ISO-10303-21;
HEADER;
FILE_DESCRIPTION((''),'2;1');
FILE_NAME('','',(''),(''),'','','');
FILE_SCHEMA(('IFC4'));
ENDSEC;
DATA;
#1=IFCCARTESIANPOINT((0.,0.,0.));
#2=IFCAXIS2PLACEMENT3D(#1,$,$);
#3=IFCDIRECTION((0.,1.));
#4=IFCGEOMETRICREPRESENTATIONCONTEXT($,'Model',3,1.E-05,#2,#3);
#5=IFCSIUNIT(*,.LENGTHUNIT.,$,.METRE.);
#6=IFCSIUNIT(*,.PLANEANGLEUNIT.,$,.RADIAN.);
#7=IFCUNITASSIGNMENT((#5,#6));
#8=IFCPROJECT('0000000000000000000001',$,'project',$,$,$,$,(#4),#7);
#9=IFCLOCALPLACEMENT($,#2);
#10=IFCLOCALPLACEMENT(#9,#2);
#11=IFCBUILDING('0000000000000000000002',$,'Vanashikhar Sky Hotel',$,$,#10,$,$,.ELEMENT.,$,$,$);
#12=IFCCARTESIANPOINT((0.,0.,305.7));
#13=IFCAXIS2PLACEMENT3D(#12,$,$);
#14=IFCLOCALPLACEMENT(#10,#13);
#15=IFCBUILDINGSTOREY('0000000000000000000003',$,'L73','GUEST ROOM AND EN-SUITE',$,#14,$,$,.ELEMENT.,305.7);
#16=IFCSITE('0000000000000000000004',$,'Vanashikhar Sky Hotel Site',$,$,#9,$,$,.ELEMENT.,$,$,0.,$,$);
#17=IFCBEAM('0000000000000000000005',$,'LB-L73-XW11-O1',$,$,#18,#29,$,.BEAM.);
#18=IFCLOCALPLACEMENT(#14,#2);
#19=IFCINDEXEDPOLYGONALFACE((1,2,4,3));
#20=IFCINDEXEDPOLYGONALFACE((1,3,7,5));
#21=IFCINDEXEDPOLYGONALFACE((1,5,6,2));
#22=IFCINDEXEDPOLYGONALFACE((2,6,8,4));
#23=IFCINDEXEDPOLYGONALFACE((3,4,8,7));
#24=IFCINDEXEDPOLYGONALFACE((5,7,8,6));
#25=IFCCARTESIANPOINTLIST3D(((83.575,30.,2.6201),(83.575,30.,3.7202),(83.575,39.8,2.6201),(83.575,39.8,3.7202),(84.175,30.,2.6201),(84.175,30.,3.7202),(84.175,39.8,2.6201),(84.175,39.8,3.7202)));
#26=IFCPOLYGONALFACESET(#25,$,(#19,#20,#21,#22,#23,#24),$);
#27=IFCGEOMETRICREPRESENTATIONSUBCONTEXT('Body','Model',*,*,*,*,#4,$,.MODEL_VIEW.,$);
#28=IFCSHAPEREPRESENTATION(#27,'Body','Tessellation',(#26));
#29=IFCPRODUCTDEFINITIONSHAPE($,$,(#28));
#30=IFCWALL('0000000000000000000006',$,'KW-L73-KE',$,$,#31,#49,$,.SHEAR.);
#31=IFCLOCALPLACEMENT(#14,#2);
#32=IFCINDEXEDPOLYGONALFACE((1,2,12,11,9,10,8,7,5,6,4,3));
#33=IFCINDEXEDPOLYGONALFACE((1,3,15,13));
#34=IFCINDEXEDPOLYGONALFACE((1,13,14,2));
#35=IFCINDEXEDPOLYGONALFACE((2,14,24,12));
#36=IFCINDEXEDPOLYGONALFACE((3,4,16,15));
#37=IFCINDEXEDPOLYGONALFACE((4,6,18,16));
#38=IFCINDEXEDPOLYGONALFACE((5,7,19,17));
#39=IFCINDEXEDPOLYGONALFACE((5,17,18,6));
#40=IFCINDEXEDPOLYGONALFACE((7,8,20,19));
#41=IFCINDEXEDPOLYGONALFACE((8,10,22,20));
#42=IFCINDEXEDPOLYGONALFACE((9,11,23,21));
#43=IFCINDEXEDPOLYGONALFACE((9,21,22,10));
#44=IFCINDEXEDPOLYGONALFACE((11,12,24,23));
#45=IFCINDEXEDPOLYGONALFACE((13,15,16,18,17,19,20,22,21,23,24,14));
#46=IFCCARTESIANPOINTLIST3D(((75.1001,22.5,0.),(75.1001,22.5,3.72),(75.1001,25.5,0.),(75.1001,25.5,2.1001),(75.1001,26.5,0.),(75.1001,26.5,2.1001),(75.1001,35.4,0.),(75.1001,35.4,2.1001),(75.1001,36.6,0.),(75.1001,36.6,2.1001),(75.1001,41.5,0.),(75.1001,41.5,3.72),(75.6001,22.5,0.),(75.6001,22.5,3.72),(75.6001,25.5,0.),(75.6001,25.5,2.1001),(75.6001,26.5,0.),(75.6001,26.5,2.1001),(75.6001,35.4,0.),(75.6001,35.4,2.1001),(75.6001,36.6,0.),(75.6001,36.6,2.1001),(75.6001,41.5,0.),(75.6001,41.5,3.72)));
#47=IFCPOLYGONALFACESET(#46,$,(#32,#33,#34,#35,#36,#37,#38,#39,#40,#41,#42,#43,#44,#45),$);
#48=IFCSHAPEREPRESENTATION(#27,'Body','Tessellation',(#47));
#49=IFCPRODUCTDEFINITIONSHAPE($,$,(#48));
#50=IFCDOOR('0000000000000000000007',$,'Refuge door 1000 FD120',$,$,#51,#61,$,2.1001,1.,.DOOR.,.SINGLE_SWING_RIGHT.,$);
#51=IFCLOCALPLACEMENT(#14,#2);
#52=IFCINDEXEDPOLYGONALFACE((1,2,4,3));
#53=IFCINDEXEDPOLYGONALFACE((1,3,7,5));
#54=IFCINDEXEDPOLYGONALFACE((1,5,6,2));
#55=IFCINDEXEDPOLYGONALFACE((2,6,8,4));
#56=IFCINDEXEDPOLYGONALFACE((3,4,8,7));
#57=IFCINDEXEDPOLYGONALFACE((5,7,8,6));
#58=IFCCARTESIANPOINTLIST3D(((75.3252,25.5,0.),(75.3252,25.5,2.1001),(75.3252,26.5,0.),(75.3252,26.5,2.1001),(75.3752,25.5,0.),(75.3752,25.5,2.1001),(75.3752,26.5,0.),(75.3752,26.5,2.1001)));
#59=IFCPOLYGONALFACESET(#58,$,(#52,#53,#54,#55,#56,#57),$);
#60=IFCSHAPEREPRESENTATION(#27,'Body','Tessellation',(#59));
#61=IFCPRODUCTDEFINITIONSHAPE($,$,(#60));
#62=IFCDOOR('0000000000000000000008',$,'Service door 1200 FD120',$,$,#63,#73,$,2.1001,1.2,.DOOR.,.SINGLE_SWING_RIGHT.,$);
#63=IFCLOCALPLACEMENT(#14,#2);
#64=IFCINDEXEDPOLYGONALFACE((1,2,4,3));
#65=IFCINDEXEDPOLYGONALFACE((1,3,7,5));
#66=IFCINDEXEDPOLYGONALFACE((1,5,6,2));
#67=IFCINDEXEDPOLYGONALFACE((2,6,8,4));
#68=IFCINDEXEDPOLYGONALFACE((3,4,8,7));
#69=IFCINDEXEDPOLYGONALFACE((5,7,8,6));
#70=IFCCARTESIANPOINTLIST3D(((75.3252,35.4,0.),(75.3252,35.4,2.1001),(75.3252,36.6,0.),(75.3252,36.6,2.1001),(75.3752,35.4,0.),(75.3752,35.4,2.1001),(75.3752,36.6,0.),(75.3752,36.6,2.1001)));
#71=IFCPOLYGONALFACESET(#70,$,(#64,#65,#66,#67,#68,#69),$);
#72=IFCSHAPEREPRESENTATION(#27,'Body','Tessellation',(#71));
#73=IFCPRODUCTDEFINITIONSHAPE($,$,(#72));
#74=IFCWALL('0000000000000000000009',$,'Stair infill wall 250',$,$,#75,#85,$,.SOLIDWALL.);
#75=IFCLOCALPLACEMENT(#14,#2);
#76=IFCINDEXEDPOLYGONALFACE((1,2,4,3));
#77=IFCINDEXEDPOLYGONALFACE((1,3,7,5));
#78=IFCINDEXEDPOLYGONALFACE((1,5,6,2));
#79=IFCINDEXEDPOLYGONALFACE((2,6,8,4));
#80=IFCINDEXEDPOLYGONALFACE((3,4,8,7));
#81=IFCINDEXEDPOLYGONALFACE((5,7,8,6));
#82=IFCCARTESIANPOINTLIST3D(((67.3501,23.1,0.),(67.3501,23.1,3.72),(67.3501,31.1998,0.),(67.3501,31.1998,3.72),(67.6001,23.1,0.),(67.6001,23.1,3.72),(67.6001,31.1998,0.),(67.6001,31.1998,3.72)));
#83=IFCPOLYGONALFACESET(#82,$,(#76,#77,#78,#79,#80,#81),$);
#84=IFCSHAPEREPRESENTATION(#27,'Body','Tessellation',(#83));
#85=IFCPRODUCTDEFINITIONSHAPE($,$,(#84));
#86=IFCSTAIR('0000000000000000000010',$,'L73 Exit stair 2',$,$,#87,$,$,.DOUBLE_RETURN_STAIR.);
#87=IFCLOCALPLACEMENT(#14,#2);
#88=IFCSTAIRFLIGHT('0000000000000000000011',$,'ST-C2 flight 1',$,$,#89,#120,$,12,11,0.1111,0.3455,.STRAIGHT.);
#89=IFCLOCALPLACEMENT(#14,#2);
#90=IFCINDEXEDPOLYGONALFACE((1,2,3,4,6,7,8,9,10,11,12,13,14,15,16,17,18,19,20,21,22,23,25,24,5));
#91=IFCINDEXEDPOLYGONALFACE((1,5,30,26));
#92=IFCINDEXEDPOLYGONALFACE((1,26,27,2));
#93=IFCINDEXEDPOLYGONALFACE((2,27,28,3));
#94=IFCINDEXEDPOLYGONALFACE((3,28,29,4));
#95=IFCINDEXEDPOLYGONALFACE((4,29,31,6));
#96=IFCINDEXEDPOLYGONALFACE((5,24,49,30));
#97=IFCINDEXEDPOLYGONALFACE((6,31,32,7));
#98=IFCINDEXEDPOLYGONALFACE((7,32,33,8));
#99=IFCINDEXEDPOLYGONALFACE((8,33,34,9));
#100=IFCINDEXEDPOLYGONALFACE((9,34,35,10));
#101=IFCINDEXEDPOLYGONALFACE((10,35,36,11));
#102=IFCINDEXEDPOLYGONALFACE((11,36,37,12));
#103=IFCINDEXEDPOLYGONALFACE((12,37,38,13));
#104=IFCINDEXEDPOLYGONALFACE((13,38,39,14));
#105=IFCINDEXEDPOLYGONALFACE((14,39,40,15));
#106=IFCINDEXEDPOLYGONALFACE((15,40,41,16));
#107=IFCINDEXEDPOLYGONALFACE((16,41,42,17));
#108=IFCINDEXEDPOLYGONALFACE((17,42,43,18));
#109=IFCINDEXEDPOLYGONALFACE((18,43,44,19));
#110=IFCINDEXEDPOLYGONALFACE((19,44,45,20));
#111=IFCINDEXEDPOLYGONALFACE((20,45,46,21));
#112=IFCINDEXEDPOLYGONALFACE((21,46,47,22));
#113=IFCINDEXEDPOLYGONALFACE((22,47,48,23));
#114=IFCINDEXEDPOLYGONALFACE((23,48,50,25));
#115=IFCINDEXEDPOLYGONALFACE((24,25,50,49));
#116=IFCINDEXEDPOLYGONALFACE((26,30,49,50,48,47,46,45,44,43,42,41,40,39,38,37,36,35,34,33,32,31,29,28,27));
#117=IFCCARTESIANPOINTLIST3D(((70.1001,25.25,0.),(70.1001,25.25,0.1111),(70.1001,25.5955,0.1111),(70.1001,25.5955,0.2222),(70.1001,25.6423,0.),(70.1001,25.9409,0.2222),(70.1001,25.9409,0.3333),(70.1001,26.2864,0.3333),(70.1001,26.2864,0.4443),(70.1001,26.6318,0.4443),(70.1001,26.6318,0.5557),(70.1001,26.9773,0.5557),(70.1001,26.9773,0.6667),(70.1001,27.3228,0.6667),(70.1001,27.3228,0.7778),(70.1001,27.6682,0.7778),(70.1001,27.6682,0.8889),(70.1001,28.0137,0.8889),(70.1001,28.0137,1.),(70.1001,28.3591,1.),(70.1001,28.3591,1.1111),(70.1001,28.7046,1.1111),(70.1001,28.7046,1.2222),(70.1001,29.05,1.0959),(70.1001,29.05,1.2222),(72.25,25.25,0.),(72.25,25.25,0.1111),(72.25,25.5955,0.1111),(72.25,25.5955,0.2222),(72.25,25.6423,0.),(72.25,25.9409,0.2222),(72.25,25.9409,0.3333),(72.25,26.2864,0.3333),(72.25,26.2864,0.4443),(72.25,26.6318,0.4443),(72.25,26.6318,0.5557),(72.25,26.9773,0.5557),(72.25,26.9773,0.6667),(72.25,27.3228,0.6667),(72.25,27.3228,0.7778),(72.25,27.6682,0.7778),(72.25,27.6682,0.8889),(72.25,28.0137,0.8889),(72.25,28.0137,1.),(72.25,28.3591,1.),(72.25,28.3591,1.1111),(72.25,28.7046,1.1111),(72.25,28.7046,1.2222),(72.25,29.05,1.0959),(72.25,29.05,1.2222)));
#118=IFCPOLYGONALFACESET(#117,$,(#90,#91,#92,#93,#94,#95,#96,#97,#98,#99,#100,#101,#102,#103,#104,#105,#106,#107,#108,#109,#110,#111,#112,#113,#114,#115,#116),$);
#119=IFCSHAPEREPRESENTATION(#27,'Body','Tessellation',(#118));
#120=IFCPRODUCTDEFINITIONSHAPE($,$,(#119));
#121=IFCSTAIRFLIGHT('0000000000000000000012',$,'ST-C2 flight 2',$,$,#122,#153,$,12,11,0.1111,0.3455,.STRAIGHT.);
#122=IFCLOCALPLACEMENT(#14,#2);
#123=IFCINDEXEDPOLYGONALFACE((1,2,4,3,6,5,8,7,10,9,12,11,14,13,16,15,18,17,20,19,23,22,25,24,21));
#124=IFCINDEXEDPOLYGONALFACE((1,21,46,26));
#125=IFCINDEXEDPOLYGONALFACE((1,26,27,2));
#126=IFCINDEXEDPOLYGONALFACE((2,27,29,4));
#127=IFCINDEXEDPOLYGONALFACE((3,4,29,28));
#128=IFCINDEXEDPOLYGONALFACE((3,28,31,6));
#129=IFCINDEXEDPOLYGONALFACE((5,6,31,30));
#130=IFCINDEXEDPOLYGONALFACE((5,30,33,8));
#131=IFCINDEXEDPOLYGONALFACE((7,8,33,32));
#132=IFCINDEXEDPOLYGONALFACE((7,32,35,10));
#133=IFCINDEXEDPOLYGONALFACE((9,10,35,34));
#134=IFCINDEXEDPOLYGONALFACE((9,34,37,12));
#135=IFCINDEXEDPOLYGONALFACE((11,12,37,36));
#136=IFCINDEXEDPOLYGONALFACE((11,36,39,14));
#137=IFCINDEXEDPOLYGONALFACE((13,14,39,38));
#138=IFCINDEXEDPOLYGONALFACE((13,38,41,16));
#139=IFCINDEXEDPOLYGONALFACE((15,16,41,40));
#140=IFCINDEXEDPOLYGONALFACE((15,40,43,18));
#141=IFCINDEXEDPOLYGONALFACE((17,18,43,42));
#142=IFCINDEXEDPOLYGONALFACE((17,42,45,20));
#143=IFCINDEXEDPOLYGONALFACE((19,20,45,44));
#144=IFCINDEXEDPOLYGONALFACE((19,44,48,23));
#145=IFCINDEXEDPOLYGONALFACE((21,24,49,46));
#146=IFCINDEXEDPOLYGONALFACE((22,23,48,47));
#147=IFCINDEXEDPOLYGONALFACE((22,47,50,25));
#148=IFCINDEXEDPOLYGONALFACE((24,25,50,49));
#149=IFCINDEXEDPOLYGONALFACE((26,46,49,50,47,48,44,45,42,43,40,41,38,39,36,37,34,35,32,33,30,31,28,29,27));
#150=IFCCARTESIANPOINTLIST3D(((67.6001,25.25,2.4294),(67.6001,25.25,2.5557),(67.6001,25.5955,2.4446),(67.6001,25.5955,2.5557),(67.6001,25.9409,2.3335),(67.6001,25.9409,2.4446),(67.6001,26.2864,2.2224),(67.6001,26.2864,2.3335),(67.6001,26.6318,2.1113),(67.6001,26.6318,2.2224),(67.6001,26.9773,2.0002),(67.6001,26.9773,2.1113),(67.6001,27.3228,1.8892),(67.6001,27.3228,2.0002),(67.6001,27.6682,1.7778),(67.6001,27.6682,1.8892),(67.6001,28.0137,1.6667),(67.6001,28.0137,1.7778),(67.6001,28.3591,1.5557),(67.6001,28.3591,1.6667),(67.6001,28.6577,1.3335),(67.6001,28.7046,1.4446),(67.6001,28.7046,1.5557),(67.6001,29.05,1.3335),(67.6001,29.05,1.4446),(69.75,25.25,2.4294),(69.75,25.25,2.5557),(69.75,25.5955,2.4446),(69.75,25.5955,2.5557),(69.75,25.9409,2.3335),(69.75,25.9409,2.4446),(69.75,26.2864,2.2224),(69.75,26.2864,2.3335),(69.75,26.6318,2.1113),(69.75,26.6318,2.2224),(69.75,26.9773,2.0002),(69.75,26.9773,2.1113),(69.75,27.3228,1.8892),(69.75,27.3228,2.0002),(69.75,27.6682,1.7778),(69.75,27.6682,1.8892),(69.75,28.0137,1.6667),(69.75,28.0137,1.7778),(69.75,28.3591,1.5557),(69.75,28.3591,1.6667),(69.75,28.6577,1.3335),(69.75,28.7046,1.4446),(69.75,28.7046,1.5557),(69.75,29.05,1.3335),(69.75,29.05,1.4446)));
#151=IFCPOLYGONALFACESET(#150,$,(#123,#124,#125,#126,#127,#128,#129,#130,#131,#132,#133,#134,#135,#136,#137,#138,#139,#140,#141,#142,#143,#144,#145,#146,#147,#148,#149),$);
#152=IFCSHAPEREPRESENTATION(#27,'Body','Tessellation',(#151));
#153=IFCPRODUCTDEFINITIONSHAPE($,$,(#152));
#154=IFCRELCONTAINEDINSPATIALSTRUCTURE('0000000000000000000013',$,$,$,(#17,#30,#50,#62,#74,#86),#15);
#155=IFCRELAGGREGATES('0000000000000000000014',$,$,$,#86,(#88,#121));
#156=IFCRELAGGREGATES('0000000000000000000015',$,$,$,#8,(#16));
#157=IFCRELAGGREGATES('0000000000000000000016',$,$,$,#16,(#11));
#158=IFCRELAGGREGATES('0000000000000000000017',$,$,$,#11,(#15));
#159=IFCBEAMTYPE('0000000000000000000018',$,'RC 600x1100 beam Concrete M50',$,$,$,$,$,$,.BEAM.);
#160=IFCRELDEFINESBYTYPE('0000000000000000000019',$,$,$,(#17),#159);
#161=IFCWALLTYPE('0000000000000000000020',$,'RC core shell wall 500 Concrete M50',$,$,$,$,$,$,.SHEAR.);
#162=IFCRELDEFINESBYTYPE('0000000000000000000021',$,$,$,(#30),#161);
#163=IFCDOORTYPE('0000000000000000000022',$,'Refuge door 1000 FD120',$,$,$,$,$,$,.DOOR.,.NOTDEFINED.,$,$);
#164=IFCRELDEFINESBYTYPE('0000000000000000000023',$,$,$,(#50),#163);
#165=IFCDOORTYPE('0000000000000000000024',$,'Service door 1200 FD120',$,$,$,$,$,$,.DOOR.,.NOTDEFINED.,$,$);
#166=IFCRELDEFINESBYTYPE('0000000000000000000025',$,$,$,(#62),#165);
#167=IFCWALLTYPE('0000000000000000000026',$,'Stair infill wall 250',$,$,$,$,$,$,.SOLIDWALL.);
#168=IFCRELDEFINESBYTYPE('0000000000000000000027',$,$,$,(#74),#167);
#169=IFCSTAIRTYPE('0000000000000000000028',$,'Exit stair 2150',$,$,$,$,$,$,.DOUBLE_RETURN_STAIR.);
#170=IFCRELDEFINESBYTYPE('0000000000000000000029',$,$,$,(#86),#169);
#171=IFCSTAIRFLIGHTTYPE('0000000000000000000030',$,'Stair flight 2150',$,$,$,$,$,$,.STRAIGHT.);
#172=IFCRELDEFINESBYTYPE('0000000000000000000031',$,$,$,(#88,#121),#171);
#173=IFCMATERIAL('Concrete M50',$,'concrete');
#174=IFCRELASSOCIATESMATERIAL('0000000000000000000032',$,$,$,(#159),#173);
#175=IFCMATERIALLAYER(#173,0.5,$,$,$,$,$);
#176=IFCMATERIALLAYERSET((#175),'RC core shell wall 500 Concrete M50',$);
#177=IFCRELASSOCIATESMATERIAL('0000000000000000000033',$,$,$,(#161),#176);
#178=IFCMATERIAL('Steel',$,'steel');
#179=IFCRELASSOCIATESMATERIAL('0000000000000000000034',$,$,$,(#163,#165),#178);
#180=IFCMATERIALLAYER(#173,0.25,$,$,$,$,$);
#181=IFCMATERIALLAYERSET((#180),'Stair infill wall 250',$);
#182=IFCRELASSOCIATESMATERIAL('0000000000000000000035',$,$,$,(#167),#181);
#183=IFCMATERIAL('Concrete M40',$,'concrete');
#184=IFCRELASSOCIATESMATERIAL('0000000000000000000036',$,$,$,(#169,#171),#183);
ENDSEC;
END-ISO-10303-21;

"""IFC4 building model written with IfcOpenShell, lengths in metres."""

from ifc_helpers import new_model, si_unit, direction, frame, frame_2d, origin, origin_2d, place, context, subcontext, project, spatial, polyline, rectangle, outline, extrude, source, transform, mapped, material, layer, layer_set, material_profile, profile_set, type_object, element, fill, aggregate, save


model = new_model("IFC4")

# Units and contexts
model_context = context("Model", 3, precision=1e-05, world=origin(), true_north=direction((0.0, 1.0)))
body_context = subcontext(model_context, "Body", "Model", "MODEL_VIEW")
ifc_project = project(units=[si_unit("LENGTHUNIT", "METRE"), si_unit("PLANEANGLEUNIT", "RADIAN")], contexts=[model_context])

# Site, building, storey
site_placement = place(None, origin())
site = spatial("IfcSite", under=ifc_project, at=site_placement, Name="Vanashikhar Sky Hotel Site", CompositionType="ELEMENT", RefElevation=0.0)
building_placement = place(site_placement, origin())
building = spatial("IfcBuilding", under=site, at=building_placement, Name="Vanashikhar Sky Hotel", CompositionType="ELEMENT")
storey_placement = place(building_placement, frame((0.0, 0.0, 305.7)))
storey = spatial("IfcBuildingStorey", under=building, at=storey_placement, Name="L73", Description="GUEST ROOM AND EN-SUITE", CompositionType="ELEMENT", Elevation=305.7)

# Beam
ifc_material_1 = material(Name="Concrete M50", Category="concrete")
ifc_material_profile = material_profile(ifc_material_1, rectangle(XDim=0.6001, YDim=1.1001, at=origin_2d()))
ifc_profile_set = profile_set([ifc_material_profile], Name="RC 600x1100 beam Concrete M50")
beam_type = type_object("IfcBeamType", Name="RC 600x1100 beam Concrete M50", PredefinedType="BEAM", material=ifc_profile_set)
shared_shape_1 = source(origin(), body_context, "Body", "SweptSolid", [
    extrude(rectangle(XDim=0.6001, YDim=1.1001, at=origin_2d()), origin(), (0.0, 0.0, 1.0), 9.8),
])
beam_placement = place(storey_placement, frame((83.875, 30.0, 3.1702), z_axis=(0.0, 1.0, 0.0), x_axis=(-1.0, 0.0, 0.0)))
element("IfcBeam", 1, at=beam_placement, inside=storey, type_object=beam_type, Name="LB-L73-XW11-O1", PredefinedType="BEAM", context=body_context, shape_type="MappedRepresentation", body=[
    mapped(shared_shape_1, transform((0.0, 0.0, 0.0), scale=1.0)),
])

# Wall, openings, doors
ifc_layer_1 = layer(ifc_material_1, 0.5)
ifc_layer_set_1 = layer_set([ifc_layer_1], Name="RC core shell wall 500 Concrete M50")
wall_type_1 = type_object("IfcWallType", Name="RC core shell wall 500 Concrete M50", PredefinedType="SHEAR", material=ifc_layer_set_1)
shared_shape_2 = source(origin(), body_context, "Body", "SweptSolid", [
    extrude(rectangle(XDim=19.0, YDim=0.5, at=frame_2d((9.5, 0.0))), origin(), (0.0, 0.0, 1.0), 3.72),
])
wall_1_placement = place(storey_placement, frame((75.3501, 22.5, 0.0), z_axis=(0.0, 0.0, 1.0), x_axis=(0.0, 1.0, 0.0)))
wall_1 = element("IfcWall", 2, at=wall_1_placement, inside=storey, type_object=wall_type_1, Name="KW-L73-KE", PredefinedType="SHEAR", context=body_context, shape_type="MappedRepresentation", body=[
    mapped(shared_shape_2, transform((0.0, 0.0, 0.0), scale=1.0)),
])
shared_shape_3 = source(origin(), body_context, "Body", "SweptSolid", [
    extrude(rectangle(XDim=1.0, YDim=2.1001, at=frame_2d((0.5, 1.05))), frame((0.0, 0.26, 0.0), z_axis=(0.0, -1.0, 0.0), x_axis=(1.0, 0.0, 0.0)), (0.0, 0.0, 1.0), 0.52),
])
opening_1_placement = place(wall_1_placement, frame((3.0, 0.0, 0.0)))
opening_1 = element("IfcOpeningElement", 3, at=opening_1_placement, cuts=wall_1, PredefinedType="OPENING", context=body_context, shape_type="MappedRepresentation", body=[
    mapped(shared_shape_3, transform((0.0, 0.0, 0.0), scale=1.0)),
])
shared_shape_4 = source(origin(), body_context, "Body", "SweptSolid", [
    extrude(rectangle(XDim=1.2, YDim=2.1001, at=frame_2d((0.6001, 1.05))), frame((0.0, 0.26, 0.0), z_axis=(0.0, -1.0, 0.0), x_axis=(1.0, 0.0, 0.0)), (0.0, 0.0, 1.0), 0.52),
])
opening_2_placement = place(wall_1_placement, frame((12.8999, 0.0, 0.0)))
opening_2 = element("IfcOpeningElement", 4, at=opening_2_placement, cuts=wall_1, PredefinedType="OPENING", context=body_context, shape_type="MappedRepresentation", body=[
    mapped(shared_shape_4, transform((0.0, 0.0, 0.0), scale=1.0)),
])
ifc_material_2 = material(Name="Steel", Category="steel")
door_type_1 = type_object("IfcDoorType", Name="Refuge door 1000 FD120", OperationType="NOTDEFINED", PredefinedType="DOOR", material=ifc_material_2)
shared_shape_5 = source(origin(), body_context, "Body", "SweptSolid", [
    extrude(rectangle(XDim=1.0, YDim=2.1001, at=frame_2d((0.5, 1.05))), frame((0.0, 0.0249, 0.0), z_axis=(0.0, -1.0, 0.0), x_axis=(1.0, 0.0, 0.0)), (0.0, 0.0, 1.0), 0.05),
])
door_1_placement = place(opening_1_placement, origin())
door_1 = element("IfcDoor", 5, at=door_1_placement, inside=storey, type_object=door_type_1, Name="Refuge door 1000 FD120", OperationType="SINGLE_SWING_RIGHT", OverallHeight=2.1001, OverallWidth=1.0, PredefinedType="DOOR", context=body_context, shape_type="MappedRepresentation", body=[
    mapped(shared_shape_5, transform((0.0, 0.0, 0.0), scale=1.0)),
])
fill(opening_1, door_1)
door_type_2 = type_object("IfcDoorType", Name="Service door 1200 FD120", OperationType="NOTDEFINED", PredefinedType="DOOR", material=ifc_material_2)
shared_shape_6 = source(origin(), body_context, "Body", "SweptSolid", [
    extrude(rectangle(XDim=1.2, YDim=2.1001, at=frame_2d((0.6001, 1.05))), frame((0.0, 0.0249, 0.0), z_axis=(0.0, -1.0, 0.0), x_axis=(1.0, 0.0, 0.0)), (0.0, 0.0, 1.0), 0.05),
])
door_2_placement = place(opening_2_placement, origin())
door_2 = element("IfcDoor", 6, at=door_2_placement, inside=storey, type_object=door_type_2, Name="Service door 1200 FD120", OperationType="SINGLE_SWING_RIGHT", OverallHeight=2.1001, OverallWidth=1.2, PredefinedType="DOOR", context=body_context, shape_type="MappedRepresentation", body=[
    mapped(shared_shape_6, transform((0.0, 0.0, 0.0), scale=1.0)),
])
fill(opening_2, door_2)

# Wall
ifc_layer_2 = layer(ifc_material_1, 0.25)
ifc_layer_set_2 = layer_set([ifc_layer_2], Name="Stair infill wall 250")
wall_type_2 = type_object("IfcWallType", Name="Stair infill wall 250", PredefinedType="SOLIDWALL", material=ifc_layer_set_2)
shared_shape_7 = source(origin(), body_context, "Body", "SweptSolid", [
    extrude(rectangle(XDim=8.0999, YDim=0.25, at=frame_2d((4.0498, 0.0))), origin(), (0.0, 0.0, 1.0), 3.72),
])
wall_2_placement = place(storey_placement, frame((67.4751, 23.1001, 0.0), z_axis=(0.0, 0.0, 1.0), x_axis=(0.0, 1.0, 0.0)))
element("IfcWall", 7, at=wall_2_placement, inside=storey, type_object=wall_type_2, Name="Stair infill wall 250", PredefinedType="SOLIDWALL", context=body_context, shape_type="MappedRepresentation", body=[
    mapped(shared_shape_7, transform((0.0, 0.0, 0.0), scale=1.0)),
])

# Stair, stair flights
ifc_material_3 = material(Name="Concrete M40", Category="concrete")
stair_type = type_object("IfcStairType", Name="Exit stair 2150", PredefinedType="DOUBLE_RETURN_STAIR", material=ifc_material_3)
stair_1_placement = place(storey_placement, origin())
stair_1 = element("IfcStair", 8, at=stair_1_placement, inside=storey, type_object=stair_type, Name="L73 Exit stair 2", PredefinedType="DOUBLE_RETURN_STAIR")
stair_flight_type = type_object("IfcStairFlightType", Name="Stair flight 2150", PredefinedType="STRAIGHT", material=ifc_material_3)
shared_shape_8 = source(origin(), body_context, "Body", "SweptSolid", [
    extrude(outline(polyline([(0.0, 0.0), (0.0, 0.1111), (0.3455, 0.1111), (0.3455, 0.2222), (0.6909, 0.2222), (0.6909, 0.3333), (1.0364, 0.3333), (1.0364, 0.4443), (1.3818, 0.4443), (1.3818, 0.5557), (1.7273, 0.5557), (1.7273, 0.6667), (2.0728, 0.6667), (2.0728, 0.7778), (2.4182, 0.7778), (2.4182, 0.8889), (2.7637, 0.8889), (2.7637, 1.0), (3.1091, 1.0), (3.1091, 1.1111), (3.4546, 1.1111), (3.4546, 1.2222), (3.8, 1.2222), (3.8, 1.3333), (3.8, 1.0959), (0.3923, 0.0), (0.0, 0.0)])), frame((0.0, 1.075, 0.0), z_axis=(0.0, -1.0, 0.0), x_axis=(1.0, 0.0, 0.0)), (0.0, 0.0, 1.0), 2.1499),
])
stair_flight_1_placement = place(storey_placement, frame((71.175, 25.25, 0.0), z_axis=(0.0, 0.0, 1.0), x_axis=(0.0, 1.0, 0.0)))
stair_flight_1 = element("IfcStairFlight", 9, at=stair_flight_1_placement, type_object=stair_flight_type, Name="ST-C2 flight 1", NumberOfRisers=12, NumberOfTreads=11, PredefinedType="STRAIGHT", RiserHeight=0.1111, TreadLength=0.3455, context=body_context, shape_type="MappedRepresentation", body=[
    mapped(shared_shape_8, transform((0.0, 0.0, 0.0), scale=1.0)),
])
stair_flight_2_placement = place(storey_placement, frame((68.675, 29.05, 1.3335), z_axis=(0.0, 0.0, 1.0), x_axis=(0.0, -1.0, 0.0)))
stair_flight_2 = element("IfcStairFlight", 10, at=stair_flight_2_placement, type_object=stair_flight_type, Name="ST-C2 flight 2", NumberOfRisers=12, NumberOfTreads=11, PredefinedType="STRAIGHT", RiserHeight=0.1111, TreadLength=0.3455, context=body_context, shape_type="MappedRepresentation", body=[
    mapped(shared_shape_8, transform((0.0, 0.0, 0.0), scale=1.0)),
])
aggregate(stair_1, [stair_flight_1, stair_flight_2])

save(model, "model.ifc")
